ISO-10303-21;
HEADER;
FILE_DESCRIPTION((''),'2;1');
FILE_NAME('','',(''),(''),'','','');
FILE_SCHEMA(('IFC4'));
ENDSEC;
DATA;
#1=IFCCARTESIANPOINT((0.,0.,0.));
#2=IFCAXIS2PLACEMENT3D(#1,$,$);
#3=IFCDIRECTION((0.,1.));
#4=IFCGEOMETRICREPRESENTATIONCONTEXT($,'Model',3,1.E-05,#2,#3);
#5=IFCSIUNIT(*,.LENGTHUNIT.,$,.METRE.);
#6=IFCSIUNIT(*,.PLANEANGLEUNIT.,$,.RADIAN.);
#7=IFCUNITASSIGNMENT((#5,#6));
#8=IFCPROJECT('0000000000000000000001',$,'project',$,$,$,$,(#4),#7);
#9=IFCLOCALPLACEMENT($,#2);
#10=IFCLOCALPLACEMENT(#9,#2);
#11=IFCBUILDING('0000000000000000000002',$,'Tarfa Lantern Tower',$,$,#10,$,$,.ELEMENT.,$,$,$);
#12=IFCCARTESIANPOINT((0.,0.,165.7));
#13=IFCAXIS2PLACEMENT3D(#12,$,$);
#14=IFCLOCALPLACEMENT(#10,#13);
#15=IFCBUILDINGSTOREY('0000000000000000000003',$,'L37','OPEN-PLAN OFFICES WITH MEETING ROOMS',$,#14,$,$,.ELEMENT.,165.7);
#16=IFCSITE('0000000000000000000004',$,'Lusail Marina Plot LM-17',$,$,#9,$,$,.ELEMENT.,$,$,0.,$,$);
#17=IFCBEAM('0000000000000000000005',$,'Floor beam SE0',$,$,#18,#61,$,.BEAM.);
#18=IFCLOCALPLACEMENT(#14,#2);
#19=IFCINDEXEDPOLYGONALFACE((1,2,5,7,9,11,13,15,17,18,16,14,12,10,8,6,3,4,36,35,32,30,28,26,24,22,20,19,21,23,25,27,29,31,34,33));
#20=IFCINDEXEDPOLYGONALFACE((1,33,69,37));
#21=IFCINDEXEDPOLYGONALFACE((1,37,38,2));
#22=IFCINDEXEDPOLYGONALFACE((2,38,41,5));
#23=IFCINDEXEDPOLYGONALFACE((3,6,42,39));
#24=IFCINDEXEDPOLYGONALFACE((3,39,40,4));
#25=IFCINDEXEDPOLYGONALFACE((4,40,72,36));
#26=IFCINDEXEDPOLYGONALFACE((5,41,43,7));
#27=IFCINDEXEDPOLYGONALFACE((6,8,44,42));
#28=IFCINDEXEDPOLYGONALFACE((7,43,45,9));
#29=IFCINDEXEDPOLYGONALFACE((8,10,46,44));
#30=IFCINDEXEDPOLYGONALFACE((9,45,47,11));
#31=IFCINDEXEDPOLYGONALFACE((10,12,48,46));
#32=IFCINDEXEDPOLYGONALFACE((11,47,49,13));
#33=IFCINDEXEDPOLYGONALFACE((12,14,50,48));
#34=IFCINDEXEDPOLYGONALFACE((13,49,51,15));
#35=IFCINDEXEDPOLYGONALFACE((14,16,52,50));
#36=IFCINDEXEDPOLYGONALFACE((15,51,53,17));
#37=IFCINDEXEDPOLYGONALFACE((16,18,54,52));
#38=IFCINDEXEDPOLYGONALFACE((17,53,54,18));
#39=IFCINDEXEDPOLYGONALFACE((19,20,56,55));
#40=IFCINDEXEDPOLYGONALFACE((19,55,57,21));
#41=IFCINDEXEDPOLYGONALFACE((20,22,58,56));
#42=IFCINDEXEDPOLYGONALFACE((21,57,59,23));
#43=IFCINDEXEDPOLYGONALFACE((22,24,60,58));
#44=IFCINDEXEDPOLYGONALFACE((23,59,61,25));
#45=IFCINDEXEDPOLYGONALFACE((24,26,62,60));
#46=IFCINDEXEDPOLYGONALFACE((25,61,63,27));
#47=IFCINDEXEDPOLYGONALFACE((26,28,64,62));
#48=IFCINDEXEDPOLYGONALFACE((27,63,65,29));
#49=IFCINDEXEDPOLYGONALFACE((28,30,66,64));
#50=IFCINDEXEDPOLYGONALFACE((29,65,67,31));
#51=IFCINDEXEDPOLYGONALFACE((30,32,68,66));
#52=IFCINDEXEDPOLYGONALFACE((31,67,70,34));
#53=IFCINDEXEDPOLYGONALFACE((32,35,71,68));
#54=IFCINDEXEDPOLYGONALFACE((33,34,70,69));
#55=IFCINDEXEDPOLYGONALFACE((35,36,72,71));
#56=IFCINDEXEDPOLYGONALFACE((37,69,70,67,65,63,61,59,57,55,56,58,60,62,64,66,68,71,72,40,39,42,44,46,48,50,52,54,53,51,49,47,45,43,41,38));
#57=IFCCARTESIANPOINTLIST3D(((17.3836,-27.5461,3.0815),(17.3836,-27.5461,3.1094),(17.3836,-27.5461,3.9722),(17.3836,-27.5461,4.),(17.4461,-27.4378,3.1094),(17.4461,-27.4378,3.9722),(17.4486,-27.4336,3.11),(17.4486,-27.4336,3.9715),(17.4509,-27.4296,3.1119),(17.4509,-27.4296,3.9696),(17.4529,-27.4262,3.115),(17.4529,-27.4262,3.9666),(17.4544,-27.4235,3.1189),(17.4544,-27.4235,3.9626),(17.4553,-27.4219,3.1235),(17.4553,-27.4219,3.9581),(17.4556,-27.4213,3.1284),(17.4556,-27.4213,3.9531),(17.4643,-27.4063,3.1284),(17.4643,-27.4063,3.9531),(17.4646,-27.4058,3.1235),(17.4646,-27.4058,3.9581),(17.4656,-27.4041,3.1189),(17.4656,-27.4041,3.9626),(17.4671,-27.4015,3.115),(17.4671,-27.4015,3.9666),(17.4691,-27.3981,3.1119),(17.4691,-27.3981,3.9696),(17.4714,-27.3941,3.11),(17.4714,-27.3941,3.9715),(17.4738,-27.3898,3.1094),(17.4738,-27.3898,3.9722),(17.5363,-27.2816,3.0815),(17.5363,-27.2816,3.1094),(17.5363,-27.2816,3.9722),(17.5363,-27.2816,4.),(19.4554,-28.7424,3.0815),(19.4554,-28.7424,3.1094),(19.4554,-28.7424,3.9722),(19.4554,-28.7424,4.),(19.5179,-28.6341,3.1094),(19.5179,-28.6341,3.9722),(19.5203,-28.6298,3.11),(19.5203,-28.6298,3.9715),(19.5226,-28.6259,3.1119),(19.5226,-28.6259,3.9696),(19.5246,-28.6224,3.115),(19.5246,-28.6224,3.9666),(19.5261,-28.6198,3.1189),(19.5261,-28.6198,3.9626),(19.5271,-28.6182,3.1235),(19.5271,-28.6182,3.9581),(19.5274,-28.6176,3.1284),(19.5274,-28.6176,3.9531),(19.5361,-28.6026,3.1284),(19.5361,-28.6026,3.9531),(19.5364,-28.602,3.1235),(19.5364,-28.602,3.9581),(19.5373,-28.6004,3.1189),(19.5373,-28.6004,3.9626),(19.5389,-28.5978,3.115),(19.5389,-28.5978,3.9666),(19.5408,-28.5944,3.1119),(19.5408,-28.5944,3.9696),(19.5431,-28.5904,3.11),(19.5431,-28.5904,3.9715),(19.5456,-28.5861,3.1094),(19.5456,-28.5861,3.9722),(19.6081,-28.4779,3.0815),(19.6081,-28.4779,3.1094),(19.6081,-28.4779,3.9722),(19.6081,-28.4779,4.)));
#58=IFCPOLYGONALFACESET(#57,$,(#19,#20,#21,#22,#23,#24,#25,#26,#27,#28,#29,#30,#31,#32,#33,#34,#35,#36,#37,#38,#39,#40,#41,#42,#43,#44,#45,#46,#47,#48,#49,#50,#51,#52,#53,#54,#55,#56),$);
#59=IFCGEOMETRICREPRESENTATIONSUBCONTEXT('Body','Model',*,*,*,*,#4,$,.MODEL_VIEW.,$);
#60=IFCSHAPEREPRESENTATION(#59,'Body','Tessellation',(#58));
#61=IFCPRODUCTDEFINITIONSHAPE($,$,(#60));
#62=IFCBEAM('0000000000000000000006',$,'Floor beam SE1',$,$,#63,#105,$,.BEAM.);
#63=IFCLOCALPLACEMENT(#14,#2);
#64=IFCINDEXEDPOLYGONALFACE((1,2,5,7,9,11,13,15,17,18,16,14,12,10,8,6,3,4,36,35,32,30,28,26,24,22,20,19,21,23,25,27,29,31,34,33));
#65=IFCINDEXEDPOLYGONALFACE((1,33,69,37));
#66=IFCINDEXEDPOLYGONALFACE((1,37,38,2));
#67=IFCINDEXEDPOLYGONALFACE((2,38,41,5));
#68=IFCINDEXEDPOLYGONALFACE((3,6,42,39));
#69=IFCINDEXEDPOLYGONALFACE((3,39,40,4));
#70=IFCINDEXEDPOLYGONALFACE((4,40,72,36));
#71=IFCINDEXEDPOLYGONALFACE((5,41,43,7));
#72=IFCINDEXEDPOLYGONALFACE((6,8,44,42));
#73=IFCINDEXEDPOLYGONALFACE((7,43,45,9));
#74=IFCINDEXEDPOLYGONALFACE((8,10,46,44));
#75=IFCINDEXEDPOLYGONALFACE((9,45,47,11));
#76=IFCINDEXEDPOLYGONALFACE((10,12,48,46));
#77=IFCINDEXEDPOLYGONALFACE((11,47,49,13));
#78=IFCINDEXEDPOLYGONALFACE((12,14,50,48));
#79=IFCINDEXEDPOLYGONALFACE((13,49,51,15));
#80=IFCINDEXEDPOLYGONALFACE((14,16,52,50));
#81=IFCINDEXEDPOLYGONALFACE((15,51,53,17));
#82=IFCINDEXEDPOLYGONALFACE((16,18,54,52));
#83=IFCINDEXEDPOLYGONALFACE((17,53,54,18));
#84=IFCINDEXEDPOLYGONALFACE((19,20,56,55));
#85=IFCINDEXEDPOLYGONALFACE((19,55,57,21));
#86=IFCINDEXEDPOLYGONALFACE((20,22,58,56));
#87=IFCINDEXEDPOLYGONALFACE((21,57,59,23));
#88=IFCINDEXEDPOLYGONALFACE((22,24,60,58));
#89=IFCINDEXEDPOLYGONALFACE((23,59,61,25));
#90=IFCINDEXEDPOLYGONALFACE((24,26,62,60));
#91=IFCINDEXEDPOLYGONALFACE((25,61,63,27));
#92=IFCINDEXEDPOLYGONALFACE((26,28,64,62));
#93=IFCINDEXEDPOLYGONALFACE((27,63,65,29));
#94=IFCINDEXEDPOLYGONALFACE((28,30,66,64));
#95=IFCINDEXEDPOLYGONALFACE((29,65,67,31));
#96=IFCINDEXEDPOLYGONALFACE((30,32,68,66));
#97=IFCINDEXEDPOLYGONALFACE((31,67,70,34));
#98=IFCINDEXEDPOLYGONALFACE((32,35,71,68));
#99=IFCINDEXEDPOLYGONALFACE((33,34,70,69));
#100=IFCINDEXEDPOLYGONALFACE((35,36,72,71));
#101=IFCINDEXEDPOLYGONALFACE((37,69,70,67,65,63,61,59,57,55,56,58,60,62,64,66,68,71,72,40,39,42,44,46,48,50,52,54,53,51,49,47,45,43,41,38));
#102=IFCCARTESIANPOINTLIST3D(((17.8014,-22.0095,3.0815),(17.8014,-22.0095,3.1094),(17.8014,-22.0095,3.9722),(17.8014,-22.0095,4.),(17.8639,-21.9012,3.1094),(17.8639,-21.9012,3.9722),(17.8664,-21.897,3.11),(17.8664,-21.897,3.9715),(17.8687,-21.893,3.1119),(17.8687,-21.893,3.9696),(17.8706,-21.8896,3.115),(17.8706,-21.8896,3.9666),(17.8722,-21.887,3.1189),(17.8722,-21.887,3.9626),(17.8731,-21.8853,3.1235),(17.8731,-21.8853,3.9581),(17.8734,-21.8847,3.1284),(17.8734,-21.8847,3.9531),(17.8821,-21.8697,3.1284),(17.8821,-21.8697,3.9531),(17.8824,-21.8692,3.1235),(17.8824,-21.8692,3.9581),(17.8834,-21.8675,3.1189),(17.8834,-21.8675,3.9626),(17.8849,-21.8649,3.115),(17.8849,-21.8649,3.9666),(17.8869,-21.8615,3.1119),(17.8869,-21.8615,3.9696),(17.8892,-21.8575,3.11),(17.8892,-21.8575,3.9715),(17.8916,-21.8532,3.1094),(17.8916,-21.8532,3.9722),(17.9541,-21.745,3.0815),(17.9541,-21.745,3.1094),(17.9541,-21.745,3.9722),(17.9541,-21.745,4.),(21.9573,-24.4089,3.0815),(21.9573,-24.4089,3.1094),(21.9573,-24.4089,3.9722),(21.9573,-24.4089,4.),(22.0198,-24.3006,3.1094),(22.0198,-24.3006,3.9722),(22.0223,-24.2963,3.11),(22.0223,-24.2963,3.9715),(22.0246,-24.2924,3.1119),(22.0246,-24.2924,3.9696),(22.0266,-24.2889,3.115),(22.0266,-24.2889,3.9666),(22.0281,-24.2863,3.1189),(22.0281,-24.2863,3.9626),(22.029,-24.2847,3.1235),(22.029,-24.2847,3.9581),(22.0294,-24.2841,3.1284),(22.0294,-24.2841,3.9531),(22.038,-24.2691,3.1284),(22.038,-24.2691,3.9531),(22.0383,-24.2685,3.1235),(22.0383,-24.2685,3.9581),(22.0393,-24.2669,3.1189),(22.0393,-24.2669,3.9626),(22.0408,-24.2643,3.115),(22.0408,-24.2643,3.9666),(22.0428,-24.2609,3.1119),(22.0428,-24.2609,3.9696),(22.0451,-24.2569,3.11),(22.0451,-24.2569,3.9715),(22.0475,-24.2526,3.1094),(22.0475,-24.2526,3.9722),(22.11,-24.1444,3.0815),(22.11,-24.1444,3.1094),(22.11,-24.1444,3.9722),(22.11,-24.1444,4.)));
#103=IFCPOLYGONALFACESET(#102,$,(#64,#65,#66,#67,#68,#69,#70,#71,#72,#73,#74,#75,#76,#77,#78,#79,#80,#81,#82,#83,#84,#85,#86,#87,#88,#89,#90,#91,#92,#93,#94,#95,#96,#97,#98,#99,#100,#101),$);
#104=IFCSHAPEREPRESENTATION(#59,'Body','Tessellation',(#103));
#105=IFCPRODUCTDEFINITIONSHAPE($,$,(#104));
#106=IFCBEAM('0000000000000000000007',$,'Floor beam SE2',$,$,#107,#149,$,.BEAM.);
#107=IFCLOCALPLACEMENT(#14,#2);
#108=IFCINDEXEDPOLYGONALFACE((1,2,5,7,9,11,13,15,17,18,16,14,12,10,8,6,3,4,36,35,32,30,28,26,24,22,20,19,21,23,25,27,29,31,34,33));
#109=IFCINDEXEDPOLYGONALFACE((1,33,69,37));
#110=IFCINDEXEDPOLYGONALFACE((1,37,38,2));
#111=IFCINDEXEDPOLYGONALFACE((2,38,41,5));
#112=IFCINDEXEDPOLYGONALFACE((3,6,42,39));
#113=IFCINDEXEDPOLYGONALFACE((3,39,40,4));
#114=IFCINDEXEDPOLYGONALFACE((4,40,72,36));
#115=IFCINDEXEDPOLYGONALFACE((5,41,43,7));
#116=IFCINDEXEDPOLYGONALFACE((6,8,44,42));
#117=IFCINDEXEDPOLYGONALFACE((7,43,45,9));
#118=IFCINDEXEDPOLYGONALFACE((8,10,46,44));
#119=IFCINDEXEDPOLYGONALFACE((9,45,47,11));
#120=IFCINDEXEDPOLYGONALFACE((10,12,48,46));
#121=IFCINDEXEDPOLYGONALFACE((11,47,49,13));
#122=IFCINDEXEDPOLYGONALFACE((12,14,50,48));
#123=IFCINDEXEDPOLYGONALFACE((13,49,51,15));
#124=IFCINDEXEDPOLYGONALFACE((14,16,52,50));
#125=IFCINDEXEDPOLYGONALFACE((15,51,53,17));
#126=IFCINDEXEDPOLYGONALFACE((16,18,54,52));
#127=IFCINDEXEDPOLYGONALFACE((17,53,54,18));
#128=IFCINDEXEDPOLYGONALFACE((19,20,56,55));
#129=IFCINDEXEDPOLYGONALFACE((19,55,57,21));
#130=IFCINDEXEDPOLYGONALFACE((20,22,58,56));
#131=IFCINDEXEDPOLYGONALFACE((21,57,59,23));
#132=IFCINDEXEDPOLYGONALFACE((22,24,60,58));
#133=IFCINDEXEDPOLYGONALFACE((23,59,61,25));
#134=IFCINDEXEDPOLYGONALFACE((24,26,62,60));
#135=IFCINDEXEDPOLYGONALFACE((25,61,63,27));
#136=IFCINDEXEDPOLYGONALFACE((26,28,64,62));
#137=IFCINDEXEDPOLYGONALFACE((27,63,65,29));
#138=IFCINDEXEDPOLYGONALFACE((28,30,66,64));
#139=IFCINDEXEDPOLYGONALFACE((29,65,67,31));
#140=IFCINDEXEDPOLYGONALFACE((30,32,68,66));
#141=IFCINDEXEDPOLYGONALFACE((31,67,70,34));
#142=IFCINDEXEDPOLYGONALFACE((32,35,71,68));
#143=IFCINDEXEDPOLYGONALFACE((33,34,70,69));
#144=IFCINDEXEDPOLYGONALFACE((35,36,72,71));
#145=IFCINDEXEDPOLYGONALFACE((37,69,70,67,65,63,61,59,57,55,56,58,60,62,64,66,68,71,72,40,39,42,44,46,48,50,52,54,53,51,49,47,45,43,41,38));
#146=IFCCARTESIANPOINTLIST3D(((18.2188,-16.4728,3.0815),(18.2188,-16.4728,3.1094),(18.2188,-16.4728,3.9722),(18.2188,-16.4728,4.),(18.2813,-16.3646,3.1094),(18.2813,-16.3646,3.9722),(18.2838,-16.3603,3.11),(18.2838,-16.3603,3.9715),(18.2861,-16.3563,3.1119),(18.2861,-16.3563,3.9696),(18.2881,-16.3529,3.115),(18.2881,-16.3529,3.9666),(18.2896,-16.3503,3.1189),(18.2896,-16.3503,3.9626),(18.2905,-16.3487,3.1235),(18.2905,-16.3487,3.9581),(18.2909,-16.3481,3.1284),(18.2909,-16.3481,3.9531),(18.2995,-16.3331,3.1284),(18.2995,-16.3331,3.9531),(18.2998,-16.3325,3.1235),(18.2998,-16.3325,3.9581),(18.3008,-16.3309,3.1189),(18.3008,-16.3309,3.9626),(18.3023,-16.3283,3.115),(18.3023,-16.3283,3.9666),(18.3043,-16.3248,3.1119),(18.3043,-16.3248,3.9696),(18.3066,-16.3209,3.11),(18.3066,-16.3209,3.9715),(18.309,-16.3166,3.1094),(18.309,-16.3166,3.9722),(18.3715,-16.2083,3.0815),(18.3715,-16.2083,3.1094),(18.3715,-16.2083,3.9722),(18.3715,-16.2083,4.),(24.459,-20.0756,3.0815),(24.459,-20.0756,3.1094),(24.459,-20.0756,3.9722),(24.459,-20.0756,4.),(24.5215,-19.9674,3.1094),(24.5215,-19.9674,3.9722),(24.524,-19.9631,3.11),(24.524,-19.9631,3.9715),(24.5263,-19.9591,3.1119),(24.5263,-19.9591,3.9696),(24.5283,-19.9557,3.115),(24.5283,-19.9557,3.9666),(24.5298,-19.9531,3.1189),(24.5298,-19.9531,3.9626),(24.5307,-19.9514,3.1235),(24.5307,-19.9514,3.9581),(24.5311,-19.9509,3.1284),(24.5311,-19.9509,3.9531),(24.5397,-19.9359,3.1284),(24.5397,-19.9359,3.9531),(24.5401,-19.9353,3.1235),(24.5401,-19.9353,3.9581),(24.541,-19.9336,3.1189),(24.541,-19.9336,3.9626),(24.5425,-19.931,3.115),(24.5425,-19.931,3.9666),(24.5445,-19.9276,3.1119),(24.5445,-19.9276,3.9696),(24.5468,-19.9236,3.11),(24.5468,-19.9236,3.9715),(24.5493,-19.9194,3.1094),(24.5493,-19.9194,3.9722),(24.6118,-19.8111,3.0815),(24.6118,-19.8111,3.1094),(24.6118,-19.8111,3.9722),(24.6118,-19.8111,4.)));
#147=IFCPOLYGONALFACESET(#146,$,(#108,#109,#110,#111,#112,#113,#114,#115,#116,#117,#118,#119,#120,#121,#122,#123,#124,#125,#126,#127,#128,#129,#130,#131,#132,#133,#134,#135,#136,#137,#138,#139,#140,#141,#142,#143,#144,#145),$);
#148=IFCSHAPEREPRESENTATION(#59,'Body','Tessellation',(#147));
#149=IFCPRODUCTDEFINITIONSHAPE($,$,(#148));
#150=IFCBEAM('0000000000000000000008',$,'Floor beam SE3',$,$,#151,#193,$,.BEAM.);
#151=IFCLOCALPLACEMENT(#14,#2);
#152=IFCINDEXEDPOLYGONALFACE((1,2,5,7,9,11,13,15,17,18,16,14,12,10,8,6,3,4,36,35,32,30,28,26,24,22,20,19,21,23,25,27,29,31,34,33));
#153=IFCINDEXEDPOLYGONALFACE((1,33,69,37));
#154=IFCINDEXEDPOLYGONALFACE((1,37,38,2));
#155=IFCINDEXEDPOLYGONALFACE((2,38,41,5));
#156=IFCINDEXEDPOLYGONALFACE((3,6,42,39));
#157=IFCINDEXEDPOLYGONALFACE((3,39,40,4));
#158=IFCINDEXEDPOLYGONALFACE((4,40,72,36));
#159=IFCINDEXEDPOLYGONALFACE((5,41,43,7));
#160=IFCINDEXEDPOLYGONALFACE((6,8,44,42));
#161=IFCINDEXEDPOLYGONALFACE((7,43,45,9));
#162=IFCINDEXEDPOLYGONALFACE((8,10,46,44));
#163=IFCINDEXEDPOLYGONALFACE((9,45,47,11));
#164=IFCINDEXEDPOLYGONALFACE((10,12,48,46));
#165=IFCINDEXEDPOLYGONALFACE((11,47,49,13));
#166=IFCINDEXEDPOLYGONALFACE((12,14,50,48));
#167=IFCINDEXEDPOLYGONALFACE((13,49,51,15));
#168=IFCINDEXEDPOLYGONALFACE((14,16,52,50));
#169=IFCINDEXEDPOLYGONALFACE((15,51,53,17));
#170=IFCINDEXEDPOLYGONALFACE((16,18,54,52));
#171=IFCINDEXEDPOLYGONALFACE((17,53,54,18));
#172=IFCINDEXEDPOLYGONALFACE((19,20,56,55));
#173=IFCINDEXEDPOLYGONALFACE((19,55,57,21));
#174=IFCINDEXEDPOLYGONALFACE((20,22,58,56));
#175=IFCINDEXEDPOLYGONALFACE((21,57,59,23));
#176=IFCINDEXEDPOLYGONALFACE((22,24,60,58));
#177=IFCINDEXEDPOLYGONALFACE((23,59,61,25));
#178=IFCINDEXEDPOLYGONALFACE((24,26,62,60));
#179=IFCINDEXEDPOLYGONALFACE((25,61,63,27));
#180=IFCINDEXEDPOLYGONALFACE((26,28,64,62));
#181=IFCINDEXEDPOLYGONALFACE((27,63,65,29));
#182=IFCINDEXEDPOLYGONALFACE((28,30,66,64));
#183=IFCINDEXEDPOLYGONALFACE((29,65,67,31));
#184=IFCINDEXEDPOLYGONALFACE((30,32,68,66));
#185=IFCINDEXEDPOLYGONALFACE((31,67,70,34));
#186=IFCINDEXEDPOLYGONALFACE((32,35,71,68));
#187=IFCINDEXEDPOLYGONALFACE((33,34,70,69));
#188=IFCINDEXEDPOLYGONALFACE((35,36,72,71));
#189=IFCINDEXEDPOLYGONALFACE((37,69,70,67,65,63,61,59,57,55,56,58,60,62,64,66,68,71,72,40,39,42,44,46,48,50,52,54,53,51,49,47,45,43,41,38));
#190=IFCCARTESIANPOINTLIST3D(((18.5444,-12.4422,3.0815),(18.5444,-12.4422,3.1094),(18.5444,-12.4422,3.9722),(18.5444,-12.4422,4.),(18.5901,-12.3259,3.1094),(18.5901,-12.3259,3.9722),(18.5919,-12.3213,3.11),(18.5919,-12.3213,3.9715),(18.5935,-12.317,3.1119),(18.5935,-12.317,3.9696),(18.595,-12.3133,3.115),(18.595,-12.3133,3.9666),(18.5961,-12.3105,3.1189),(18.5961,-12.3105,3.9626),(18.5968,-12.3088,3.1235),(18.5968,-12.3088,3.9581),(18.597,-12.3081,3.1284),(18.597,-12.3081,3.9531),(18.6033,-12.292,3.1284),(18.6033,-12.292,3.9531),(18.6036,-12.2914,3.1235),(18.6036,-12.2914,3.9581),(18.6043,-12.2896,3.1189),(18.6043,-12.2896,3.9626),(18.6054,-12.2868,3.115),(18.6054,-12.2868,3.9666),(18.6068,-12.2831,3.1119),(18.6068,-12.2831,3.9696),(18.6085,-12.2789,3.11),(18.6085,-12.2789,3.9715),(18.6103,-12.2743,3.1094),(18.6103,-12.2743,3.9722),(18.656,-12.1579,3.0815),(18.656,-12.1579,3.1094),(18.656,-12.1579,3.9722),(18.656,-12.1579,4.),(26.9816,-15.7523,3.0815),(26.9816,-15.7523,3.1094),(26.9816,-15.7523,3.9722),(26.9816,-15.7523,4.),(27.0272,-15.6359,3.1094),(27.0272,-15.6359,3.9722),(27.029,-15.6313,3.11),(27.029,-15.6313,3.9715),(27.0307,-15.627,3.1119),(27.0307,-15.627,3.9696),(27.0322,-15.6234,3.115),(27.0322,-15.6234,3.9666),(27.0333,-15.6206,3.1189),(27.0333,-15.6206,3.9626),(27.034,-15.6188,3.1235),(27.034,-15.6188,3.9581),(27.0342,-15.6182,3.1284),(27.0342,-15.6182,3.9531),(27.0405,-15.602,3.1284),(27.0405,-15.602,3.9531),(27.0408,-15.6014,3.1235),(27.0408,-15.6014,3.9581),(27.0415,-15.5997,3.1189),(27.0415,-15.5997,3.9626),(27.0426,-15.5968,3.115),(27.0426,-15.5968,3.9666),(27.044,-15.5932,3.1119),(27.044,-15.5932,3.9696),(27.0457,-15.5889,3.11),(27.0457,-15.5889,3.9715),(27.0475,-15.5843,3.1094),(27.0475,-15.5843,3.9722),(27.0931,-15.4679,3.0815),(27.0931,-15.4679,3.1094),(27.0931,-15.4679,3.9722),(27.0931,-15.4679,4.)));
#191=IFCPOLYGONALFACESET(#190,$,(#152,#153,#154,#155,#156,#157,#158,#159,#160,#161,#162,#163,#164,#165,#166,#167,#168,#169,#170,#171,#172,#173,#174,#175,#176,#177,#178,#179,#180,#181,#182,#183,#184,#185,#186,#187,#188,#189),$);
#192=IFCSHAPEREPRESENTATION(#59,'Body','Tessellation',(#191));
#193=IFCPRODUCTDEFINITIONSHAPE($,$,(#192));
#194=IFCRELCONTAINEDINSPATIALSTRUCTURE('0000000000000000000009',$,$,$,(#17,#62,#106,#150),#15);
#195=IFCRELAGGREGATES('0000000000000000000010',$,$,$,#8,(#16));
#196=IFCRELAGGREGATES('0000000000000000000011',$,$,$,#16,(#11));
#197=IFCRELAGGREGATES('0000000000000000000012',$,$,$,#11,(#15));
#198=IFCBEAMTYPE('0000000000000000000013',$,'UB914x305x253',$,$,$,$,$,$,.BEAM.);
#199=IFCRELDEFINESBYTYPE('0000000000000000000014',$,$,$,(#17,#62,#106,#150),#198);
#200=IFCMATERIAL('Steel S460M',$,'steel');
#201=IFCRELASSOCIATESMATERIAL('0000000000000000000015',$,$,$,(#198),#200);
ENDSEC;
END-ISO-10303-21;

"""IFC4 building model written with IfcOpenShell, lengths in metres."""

from ifc_helpers import new_model, si_unit, direction, frame, origin, origin_2d, place, context, subcontext, project, spatial, i_section, extrude, material, material_profile, profile_set, type_object, element, save


model = new_model("IFC4")

# Units and contexts
model_context = context("Model", 3, precision=1e-05, world=origin(), true_north=direction((0.0, 1.0)))
body_context = subcontext(model_context, "Body", "Model", "MODEL_VIEW")
ifc_project = project(units=[si_unit("LENGTHUNIT", "METRE"), si_unit("PLANEANGLEUNIT", "RADIAN")], contexts=[model_context])

# Site, building, storey
site_placement = place(None, origin())
site = spatial("IfcSite", under=ifc_project, at=site_placement, Name="Lusail Marina Plot LM-17", CompositionType="ELEMENT", RefElevation=0.0)
building_placement = place(site_placement, origin())
building = spatial("IfcBuilding", under=site, at=building_placement, Name="Tarfa Lantern Tower", CompositionType="ELEMENT")
storey_placement = place(building_placement, frame((0.0, 0.0, 165.7)))
storey = spatial("IfcBuildingStorey", under=building, at=storey_placement, Name="L37", Description="OPEN-PLAN OFFICES WITH MEETING ROOMS", CompositionType="ELEMENT", Elevation=165.7)

# Beams
ifc_material_1 = material(Name="Steel S460M", Category="steel")
ifc_material_profile_1 = material_profile(ifc_material_1, i_section(OverallWidth=0.3054, OverallDepth=0.9185, WebThickness=0.0173, FlangeThickness=0.0278, FilletRadius=0.019, at=origin_2d()), Name="UB914x305x253")
ifc_profile_set_1 = profile_set([ifc_material_profile_1], Name="Steel S460M")
beam_type_1 = type_object("IfcBeamType", Name="UB914x305x253", PredefinedType="BEAM", material=ifc_profile_set_1)
beam_1_placement = place(storey_placement, frame((19.5317, -28.6101, 3.5408), z_axis=(-0.865999, 0.500046, 0.0), x_axis=(-0.500046, -0.865999, 0.0)))
element("IfcBeam", 1, at=beam_1_placement, inside=storey, type_object=beam_type_1, Name="Floor beam SE0", PredefinedType="BEAM", context=body_context, shape_type="SweptSolid", body=[
    extrude(i_section(OverallWidth=0.3054, OverallDepth=0.9185, WebThickness=0.0173, FlangeThickness=0.0278, FilletRadius=0.019, at=origin_2d()), origin(), (0.0, 0.0, 1.0), 2.3923),
])
beam_2_placement = place(storey_placement, frame((22.0337, -24.2766, 3.5408), z_axis=(-0.866031, 0.499991, 0.0), x_axis=(-0.499991, -0.866031, 0.0)))
element("IfcBeam", 2, at=beam_2_placement, inside=storey, type_object=beam_type_1, Name="Floor beam SE1", PredefinedType="BEAM", context=body_context, shape_type="SweptSolid", body=[
    extrude(i_section(OverallWidth=0.3054, OverallDepth=0.9185, WebThickness=0.0173, FlangeThickness=0.0278, FilletRadius=0.019, at=origin_2d()), origin(), (0.0, 0.0, 1.0), 4.7988),
])
beam_3_placement = place(storey_placement, frame((24.5354, -19.9434, 3.5408), z_axis=(-0.866026, 0.499998, 0.0), x_axis=(-0.499998, -0.866026, 0.0)))
element("IfcBeam", 3, at=beam_3_placement, inside=storey, type_object=beam_type_1, Name="Floor beam SE2", PredefinedType="BEAM", context=body_context, shape_type="SweptSolid", body=[
    extrude(i_section(OverallWidth=0.3054, OverallDepth=0.9185, WebThickness=0.0173, FlangeThickness=0.0278, FilletRadius=0.019, at=origin_2d()), origin(), (0.0, 0.0, 1.0), 7.2056),
])
beam_4_placement = place(storey_placement, frame((27.0374, -15.6101, 3.5408), z_axis=(-0.930923, 0.365215, 0.0), x_axis=(-0.365215, -0.930923, 0.0)))
element("IfcBeam", 4, at=beam_4_placement, inside=storey, type_object=beam_type_1, Name="Floor beam SE3", PredefinedType="BEAM", context=body_context, shape_type="SweptSolid", body=[
    extrude(i_section(OverallWidth=0.3054, OverallDepth=0.9185, WebThickness=0.0173, FlangeThickness=0.0278, FilletRadius=0.019, at=origin_2d()), origin(), (0.0, 0.0, 1.0), 9.0632),
])

save(model, "model.ifc")
